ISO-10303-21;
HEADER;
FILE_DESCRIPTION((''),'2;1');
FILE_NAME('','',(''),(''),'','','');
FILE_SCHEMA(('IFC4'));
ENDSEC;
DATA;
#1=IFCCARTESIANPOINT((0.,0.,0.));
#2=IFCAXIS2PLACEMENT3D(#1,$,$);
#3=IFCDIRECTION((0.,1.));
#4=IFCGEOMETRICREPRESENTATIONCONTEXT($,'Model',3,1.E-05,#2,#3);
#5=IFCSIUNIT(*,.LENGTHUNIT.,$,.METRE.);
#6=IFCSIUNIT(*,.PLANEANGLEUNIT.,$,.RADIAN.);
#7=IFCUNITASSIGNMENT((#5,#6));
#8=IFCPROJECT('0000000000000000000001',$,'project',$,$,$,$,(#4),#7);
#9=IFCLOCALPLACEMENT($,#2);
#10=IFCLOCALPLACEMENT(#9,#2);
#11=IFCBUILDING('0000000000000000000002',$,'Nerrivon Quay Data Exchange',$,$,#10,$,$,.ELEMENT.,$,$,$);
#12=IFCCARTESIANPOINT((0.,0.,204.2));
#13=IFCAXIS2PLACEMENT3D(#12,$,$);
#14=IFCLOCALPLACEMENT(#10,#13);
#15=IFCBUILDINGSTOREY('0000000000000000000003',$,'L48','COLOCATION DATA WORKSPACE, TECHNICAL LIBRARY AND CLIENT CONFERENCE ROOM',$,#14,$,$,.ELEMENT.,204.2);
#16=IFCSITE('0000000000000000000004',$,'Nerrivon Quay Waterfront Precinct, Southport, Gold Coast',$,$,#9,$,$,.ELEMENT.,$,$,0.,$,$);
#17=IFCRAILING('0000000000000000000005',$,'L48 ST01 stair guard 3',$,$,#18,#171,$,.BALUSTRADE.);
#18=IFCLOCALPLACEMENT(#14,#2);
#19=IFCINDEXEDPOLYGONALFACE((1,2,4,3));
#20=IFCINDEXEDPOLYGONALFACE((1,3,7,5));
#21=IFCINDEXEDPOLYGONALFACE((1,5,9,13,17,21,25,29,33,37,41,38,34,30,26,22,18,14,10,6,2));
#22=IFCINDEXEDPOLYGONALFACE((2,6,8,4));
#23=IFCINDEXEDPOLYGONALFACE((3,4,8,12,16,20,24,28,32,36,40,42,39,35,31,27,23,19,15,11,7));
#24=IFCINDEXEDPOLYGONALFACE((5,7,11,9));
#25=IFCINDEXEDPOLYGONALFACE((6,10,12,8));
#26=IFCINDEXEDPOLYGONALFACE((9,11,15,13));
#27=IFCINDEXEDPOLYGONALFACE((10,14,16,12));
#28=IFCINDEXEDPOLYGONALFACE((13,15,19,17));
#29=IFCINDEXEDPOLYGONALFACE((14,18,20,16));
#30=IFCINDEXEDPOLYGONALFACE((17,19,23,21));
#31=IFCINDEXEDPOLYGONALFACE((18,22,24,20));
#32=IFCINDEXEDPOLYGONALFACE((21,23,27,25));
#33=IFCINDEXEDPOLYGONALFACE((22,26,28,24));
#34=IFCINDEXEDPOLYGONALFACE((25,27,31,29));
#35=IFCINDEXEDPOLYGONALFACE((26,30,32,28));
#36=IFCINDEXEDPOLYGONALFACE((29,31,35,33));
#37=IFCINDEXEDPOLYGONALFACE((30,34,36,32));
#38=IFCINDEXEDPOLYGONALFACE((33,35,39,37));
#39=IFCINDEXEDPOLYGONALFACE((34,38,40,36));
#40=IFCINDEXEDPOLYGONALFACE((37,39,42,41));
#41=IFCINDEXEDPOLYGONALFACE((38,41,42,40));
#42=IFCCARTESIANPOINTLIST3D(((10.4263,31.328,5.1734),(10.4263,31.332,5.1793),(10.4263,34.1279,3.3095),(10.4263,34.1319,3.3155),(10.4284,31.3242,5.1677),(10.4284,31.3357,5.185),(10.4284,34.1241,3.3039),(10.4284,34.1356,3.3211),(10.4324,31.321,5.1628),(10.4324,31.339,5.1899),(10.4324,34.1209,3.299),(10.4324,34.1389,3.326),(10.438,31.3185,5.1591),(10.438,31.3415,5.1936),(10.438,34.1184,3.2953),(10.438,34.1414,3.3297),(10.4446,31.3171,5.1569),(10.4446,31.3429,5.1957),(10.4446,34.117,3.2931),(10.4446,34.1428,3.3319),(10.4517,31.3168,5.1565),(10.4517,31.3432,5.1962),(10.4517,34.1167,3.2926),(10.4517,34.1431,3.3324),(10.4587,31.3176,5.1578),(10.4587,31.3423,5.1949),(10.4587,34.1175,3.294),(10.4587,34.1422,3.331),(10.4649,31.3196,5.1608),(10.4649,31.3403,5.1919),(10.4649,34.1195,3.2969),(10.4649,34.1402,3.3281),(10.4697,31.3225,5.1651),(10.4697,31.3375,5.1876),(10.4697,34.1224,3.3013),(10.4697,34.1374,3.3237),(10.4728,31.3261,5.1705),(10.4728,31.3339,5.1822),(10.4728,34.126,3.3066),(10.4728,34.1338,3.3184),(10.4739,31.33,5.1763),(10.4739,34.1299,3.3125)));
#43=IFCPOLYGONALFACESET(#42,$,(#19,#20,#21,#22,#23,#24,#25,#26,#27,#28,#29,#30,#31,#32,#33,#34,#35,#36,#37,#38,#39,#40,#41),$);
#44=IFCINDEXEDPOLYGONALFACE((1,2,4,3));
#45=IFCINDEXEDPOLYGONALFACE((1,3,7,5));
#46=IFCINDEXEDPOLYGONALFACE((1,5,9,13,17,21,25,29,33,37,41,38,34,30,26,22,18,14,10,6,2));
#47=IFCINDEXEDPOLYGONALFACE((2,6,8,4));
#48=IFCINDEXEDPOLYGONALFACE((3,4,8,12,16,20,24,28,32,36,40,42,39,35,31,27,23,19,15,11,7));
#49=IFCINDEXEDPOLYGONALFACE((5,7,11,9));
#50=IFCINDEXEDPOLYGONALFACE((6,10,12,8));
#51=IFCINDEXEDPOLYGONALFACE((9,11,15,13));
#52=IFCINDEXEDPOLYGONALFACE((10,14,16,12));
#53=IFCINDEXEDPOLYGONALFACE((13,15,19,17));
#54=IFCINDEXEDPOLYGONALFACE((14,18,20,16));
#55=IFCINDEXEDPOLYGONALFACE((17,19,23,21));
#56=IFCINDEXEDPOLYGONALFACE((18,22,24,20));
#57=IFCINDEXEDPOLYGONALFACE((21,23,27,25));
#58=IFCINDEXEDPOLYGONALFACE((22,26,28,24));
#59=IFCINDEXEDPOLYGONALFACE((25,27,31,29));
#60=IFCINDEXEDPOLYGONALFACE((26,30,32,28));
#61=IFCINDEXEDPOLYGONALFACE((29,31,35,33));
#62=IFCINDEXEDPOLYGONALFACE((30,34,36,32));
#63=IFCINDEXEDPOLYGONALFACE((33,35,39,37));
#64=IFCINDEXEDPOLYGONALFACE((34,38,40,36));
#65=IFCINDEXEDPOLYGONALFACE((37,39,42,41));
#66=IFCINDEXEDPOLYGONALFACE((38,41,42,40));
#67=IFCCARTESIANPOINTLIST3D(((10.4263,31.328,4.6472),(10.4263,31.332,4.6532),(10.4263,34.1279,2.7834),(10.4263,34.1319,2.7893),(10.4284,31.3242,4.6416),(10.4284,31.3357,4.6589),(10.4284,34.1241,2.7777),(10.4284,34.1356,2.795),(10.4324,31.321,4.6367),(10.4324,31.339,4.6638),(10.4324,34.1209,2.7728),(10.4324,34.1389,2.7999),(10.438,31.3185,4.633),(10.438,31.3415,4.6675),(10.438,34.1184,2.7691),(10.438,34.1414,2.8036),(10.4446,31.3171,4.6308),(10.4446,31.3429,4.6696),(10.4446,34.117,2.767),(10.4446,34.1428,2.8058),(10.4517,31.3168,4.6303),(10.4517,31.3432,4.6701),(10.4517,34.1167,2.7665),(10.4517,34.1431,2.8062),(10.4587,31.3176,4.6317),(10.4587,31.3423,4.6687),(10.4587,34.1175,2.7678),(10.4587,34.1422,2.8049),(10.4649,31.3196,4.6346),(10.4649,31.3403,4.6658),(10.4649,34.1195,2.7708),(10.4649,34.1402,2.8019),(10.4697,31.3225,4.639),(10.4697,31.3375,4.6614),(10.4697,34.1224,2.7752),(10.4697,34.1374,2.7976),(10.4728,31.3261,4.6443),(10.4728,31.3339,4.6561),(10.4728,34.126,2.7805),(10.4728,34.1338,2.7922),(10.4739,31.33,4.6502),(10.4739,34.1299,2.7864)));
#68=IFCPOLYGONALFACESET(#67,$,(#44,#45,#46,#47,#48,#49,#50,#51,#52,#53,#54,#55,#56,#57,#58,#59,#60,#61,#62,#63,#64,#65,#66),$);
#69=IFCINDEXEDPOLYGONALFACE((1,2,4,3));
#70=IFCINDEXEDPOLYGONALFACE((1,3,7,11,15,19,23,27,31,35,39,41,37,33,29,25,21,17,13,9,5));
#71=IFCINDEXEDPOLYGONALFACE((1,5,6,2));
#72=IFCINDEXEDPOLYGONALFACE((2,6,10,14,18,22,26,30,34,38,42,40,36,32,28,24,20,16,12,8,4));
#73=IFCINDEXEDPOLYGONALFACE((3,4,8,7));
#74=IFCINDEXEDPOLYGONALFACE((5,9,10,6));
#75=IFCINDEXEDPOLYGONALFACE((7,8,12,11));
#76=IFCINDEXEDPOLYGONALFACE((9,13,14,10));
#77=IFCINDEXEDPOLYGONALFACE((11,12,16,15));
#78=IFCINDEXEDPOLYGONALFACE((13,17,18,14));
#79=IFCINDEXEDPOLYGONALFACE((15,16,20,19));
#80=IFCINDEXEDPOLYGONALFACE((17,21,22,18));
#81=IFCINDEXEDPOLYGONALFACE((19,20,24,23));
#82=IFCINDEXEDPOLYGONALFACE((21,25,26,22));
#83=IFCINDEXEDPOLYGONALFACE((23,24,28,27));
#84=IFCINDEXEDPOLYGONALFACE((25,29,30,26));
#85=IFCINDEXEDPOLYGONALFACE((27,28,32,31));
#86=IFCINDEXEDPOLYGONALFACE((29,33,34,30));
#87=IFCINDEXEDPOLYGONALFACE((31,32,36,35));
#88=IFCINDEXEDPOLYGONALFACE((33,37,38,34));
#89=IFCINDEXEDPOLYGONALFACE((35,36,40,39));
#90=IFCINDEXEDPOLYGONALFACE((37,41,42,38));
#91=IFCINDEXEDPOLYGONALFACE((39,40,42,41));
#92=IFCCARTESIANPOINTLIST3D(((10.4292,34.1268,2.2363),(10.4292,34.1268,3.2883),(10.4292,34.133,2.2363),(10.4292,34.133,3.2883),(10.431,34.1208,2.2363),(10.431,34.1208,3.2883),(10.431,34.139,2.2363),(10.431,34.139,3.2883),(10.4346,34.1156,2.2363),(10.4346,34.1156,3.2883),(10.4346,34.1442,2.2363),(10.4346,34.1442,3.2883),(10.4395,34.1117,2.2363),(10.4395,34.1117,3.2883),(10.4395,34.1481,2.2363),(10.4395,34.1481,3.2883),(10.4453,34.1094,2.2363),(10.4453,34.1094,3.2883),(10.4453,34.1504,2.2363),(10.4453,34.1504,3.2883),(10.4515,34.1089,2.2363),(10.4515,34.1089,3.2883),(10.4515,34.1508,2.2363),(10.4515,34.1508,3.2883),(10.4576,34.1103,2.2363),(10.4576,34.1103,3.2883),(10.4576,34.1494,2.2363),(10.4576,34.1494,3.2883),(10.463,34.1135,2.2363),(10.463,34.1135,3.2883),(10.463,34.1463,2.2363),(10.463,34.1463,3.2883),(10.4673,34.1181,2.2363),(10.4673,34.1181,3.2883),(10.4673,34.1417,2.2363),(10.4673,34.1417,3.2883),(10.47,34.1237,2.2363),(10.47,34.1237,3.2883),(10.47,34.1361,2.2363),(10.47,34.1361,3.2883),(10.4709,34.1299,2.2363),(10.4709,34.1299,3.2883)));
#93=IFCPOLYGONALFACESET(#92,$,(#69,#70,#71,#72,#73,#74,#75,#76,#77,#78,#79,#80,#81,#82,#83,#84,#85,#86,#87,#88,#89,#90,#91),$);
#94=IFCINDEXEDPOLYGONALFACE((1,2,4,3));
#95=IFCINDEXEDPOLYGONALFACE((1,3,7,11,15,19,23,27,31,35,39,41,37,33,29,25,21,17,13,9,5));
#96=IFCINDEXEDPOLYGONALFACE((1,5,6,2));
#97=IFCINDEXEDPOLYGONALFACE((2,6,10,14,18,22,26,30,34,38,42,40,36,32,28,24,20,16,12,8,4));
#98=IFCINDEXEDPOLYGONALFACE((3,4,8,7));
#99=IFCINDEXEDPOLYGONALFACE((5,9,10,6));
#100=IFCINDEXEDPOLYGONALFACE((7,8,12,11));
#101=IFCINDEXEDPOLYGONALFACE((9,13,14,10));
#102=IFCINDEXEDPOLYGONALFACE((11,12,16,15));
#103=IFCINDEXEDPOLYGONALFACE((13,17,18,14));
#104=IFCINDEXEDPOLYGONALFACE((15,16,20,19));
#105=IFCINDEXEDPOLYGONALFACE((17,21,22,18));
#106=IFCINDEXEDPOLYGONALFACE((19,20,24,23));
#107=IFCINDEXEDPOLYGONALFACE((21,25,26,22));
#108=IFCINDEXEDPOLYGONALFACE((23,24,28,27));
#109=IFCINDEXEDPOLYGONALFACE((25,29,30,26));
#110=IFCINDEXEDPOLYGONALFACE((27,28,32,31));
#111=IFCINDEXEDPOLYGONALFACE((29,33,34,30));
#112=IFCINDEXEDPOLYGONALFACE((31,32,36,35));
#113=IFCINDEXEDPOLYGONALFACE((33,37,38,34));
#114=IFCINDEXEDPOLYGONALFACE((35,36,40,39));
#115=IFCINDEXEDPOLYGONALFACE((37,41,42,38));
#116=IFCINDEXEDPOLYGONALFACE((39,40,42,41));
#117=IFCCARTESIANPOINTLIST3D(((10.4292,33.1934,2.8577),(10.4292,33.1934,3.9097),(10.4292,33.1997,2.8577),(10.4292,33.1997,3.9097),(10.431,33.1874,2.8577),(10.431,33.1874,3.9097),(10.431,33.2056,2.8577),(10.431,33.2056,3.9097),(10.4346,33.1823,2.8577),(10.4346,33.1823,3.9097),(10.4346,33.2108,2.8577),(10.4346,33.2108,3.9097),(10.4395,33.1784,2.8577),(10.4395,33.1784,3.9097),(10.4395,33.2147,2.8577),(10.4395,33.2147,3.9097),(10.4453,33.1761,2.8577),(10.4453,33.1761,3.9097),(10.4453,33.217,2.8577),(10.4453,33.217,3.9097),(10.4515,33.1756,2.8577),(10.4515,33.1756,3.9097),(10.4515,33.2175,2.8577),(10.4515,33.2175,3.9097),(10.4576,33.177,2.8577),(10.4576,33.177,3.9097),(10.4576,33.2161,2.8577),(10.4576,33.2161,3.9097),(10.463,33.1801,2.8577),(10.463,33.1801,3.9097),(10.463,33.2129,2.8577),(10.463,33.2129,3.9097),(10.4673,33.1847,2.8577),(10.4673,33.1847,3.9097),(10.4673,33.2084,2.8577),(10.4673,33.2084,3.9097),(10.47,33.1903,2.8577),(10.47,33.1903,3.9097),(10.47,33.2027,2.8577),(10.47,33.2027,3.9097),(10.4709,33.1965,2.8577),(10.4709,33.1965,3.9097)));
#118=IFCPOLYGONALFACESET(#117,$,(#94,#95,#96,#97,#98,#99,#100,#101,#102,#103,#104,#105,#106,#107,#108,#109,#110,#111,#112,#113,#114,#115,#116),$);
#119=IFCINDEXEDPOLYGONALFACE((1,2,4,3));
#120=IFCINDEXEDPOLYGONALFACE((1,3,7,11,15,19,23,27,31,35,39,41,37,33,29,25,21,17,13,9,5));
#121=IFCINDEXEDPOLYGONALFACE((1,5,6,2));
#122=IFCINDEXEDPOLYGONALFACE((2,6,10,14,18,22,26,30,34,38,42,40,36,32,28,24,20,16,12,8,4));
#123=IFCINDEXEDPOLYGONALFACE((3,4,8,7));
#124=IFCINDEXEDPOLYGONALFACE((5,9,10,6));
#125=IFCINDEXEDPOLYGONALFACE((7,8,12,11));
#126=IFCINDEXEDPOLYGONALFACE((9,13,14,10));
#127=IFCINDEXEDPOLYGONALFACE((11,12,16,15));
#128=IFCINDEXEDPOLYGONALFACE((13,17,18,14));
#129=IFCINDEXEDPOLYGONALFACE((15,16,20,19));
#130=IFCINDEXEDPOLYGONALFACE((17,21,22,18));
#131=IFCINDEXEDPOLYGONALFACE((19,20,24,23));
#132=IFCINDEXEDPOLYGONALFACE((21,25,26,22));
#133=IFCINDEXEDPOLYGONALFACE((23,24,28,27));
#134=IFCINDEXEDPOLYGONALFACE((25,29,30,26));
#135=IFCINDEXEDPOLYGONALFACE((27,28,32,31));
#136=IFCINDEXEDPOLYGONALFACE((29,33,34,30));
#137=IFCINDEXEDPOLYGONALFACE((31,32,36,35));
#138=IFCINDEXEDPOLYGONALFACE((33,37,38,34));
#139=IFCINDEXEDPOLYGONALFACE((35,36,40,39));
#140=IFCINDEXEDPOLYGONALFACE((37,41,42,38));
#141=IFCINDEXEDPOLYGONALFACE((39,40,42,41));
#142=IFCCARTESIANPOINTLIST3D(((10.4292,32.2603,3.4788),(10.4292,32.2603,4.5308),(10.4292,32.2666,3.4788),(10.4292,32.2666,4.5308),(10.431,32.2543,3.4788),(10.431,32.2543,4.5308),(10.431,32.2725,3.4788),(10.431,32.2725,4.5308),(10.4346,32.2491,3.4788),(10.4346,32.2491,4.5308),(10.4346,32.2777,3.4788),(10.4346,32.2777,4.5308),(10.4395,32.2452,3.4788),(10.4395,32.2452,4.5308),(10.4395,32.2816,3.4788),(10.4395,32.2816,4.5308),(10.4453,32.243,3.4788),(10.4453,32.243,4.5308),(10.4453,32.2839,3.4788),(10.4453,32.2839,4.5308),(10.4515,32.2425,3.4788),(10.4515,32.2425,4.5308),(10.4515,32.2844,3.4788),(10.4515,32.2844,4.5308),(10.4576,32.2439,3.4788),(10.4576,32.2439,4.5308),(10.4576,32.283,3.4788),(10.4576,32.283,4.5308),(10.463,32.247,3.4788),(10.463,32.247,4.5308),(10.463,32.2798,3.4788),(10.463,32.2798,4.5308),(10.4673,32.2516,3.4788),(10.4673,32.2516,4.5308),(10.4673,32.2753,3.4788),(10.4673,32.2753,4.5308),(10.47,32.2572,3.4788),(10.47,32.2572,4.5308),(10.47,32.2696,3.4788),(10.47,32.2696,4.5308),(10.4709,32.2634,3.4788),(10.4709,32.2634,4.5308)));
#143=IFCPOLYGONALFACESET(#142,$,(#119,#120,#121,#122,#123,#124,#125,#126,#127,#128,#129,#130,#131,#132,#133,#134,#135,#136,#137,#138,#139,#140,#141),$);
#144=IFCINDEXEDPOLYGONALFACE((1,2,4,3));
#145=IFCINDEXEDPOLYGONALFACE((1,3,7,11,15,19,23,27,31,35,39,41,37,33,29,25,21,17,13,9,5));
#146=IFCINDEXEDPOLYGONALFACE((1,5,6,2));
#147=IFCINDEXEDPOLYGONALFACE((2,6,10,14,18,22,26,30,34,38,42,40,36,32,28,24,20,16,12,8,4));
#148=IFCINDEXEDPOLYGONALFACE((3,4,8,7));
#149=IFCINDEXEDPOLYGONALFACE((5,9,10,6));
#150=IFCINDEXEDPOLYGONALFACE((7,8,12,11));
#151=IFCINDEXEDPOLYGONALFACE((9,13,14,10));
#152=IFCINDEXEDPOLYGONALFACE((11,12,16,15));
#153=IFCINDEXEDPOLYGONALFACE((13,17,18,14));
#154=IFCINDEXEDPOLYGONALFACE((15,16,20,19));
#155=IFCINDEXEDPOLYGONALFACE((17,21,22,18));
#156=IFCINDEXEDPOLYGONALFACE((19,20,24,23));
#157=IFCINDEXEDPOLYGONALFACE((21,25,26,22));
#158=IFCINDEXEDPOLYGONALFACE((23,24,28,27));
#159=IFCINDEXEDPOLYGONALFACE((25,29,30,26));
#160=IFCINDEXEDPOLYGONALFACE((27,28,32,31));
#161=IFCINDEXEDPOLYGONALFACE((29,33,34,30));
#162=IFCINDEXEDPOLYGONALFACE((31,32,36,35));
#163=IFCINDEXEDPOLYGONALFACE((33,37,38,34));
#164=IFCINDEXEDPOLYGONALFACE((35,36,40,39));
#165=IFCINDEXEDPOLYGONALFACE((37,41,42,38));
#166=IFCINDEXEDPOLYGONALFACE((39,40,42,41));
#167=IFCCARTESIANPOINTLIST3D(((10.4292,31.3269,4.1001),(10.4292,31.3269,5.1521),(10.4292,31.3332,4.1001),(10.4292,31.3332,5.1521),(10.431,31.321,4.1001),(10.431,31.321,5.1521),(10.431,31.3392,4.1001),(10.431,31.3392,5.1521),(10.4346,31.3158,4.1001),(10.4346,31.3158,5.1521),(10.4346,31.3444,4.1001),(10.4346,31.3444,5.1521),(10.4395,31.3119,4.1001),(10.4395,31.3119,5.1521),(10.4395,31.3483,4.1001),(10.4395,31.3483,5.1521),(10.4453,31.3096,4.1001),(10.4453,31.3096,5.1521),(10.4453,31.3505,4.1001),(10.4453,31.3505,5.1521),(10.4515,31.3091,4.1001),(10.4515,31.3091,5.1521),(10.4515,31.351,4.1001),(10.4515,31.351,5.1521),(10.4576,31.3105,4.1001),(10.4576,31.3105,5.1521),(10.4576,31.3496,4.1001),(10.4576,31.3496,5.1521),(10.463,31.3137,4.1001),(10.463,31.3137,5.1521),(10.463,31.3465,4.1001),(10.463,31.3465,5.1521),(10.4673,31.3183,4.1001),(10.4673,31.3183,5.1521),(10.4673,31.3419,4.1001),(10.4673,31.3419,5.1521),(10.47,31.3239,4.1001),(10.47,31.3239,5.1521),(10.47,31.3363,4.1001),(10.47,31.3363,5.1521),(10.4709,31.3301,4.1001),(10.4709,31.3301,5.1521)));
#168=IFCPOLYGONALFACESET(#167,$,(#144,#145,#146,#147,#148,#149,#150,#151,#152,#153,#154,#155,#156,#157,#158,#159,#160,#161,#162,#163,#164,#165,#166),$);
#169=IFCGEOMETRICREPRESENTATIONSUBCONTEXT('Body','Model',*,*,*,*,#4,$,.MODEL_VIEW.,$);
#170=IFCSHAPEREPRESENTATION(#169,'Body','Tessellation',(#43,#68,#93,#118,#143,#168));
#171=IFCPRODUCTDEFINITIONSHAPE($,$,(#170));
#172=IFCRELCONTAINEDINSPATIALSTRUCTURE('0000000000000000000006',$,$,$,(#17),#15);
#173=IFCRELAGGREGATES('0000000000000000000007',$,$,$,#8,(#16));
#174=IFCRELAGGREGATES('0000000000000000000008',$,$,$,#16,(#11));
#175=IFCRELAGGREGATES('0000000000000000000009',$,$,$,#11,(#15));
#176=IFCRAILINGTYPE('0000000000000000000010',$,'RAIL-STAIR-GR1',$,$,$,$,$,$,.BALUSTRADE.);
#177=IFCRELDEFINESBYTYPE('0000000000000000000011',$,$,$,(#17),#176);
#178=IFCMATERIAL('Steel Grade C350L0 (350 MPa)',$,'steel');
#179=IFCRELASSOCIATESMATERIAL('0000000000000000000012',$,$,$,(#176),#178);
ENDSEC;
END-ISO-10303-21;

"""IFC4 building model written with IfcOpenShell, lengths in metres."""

from ifc_helpers import new_model, si_unit, direction, frame, origin, origin_2d, place, context, subcontext, project, spatial, circle, extrude, material, type_object, element, save


model = new_model("IFC4")

# Units and contexts
model_context = context("Model", 3, precision=1e-05, world=origin(), true_north=direction((0.0, 1.0)))
body_context = subcontext(model_context, "Body", "Model", "MODEL_VIEW")
ifc_project = project(units=[si_unit("LENGTHUNIT", "METRE"), si_unit("PLANEANGLEUNIT", "RADIAN")], contexts=[model_context])

# Site, building, storey
site_placement = place(None, origin())
site = spatial("IfcSite", under=ifc_project, at=site_placement, Name="Nerrivon Quay Waterfront Precinct, Southport, Gold Coast", CompositionType="ELEMENT", RefElevation=0.0)
building_placement = place(site_placement, origin())
building = spatial("IfcBuilding", under=site, at=building_placement, Name="Nerrivon Quay Data Exchange", CompositionType="ELEMENT")
storey_placement = place(building_placement, frame((0.0, 0.0, 204.2)))
storey = spatial("IfcBuildingStorey", under=building, at=storey_placement, Name="L48", Description="COLOCATION DATA WORKSPACE, TECHNICAL LIBRARY AND CLIENT CONFERENCE ROOM", CompositionType="ELEMENT", Elevation=204.2)

# Railing
ifc_material_1 = material(Name="Steel Grade C350L0 (350 MPa)", Category="steel")
railing_type_1 = type_object("IfcRailingType", Name="RAIL-STAIR-GR1", PredefinedType="BALUSTRADE", material=ifc_material_1)
railing_1_placement = place(storey_placement, frame((10.45, 34.1299, 2.2363)))
element("IfcRailing", 1, at=railing_1_placement, inside=storey, type_object=railing_type_1, Name="L48 ST01 stair guard 3", PredefinedType="BALUSTRADE", context=body_context, shape_type="SweptSolid", body=[
    extrude(circle(Radius=0.0239, at=origin_2d()), frame((0.0, 0.0, 1.0762), z_axis=(0.0, -0.83243, 0.554131), x_axis=(1.0, 0.0, 0.0)), (0.0, 0.0, 1.0), 3.3635),
    extrude(circle(Radius=0.0239, at=origin_2d()), frame((0.0, 0.0, 0.55), z_axis=(0.0, -0.83243, 0.554131), x_axis=(1.0, 0.0, 0.0)), (0.0, 0.0, 1.0), 3.3635),
    extrude(circle(Radius=0.021, at=origin_2d()), origin(), (0.0, 0.0, 1.0), 1.052),
    extrude(circle(Radius=0.021, at=origin_2d()), frame((0.0, -0.9333, 0.6213)), (0.0, 0.0, 1.0), 1.052),
    extrude(circle(Radius=0.021, at=origin_2d()), frame((0.0, -1.8665, 1.2424)), (0.0, 0.0, 1.0), 1.052),
    extrude(circle(Radius=0.021, at=origin_2d()), frame((0.0, -2.7998, 1.8638)), (0.0, 0.0, 1.0), 1.052),
])

save(model, "model.ifc")
